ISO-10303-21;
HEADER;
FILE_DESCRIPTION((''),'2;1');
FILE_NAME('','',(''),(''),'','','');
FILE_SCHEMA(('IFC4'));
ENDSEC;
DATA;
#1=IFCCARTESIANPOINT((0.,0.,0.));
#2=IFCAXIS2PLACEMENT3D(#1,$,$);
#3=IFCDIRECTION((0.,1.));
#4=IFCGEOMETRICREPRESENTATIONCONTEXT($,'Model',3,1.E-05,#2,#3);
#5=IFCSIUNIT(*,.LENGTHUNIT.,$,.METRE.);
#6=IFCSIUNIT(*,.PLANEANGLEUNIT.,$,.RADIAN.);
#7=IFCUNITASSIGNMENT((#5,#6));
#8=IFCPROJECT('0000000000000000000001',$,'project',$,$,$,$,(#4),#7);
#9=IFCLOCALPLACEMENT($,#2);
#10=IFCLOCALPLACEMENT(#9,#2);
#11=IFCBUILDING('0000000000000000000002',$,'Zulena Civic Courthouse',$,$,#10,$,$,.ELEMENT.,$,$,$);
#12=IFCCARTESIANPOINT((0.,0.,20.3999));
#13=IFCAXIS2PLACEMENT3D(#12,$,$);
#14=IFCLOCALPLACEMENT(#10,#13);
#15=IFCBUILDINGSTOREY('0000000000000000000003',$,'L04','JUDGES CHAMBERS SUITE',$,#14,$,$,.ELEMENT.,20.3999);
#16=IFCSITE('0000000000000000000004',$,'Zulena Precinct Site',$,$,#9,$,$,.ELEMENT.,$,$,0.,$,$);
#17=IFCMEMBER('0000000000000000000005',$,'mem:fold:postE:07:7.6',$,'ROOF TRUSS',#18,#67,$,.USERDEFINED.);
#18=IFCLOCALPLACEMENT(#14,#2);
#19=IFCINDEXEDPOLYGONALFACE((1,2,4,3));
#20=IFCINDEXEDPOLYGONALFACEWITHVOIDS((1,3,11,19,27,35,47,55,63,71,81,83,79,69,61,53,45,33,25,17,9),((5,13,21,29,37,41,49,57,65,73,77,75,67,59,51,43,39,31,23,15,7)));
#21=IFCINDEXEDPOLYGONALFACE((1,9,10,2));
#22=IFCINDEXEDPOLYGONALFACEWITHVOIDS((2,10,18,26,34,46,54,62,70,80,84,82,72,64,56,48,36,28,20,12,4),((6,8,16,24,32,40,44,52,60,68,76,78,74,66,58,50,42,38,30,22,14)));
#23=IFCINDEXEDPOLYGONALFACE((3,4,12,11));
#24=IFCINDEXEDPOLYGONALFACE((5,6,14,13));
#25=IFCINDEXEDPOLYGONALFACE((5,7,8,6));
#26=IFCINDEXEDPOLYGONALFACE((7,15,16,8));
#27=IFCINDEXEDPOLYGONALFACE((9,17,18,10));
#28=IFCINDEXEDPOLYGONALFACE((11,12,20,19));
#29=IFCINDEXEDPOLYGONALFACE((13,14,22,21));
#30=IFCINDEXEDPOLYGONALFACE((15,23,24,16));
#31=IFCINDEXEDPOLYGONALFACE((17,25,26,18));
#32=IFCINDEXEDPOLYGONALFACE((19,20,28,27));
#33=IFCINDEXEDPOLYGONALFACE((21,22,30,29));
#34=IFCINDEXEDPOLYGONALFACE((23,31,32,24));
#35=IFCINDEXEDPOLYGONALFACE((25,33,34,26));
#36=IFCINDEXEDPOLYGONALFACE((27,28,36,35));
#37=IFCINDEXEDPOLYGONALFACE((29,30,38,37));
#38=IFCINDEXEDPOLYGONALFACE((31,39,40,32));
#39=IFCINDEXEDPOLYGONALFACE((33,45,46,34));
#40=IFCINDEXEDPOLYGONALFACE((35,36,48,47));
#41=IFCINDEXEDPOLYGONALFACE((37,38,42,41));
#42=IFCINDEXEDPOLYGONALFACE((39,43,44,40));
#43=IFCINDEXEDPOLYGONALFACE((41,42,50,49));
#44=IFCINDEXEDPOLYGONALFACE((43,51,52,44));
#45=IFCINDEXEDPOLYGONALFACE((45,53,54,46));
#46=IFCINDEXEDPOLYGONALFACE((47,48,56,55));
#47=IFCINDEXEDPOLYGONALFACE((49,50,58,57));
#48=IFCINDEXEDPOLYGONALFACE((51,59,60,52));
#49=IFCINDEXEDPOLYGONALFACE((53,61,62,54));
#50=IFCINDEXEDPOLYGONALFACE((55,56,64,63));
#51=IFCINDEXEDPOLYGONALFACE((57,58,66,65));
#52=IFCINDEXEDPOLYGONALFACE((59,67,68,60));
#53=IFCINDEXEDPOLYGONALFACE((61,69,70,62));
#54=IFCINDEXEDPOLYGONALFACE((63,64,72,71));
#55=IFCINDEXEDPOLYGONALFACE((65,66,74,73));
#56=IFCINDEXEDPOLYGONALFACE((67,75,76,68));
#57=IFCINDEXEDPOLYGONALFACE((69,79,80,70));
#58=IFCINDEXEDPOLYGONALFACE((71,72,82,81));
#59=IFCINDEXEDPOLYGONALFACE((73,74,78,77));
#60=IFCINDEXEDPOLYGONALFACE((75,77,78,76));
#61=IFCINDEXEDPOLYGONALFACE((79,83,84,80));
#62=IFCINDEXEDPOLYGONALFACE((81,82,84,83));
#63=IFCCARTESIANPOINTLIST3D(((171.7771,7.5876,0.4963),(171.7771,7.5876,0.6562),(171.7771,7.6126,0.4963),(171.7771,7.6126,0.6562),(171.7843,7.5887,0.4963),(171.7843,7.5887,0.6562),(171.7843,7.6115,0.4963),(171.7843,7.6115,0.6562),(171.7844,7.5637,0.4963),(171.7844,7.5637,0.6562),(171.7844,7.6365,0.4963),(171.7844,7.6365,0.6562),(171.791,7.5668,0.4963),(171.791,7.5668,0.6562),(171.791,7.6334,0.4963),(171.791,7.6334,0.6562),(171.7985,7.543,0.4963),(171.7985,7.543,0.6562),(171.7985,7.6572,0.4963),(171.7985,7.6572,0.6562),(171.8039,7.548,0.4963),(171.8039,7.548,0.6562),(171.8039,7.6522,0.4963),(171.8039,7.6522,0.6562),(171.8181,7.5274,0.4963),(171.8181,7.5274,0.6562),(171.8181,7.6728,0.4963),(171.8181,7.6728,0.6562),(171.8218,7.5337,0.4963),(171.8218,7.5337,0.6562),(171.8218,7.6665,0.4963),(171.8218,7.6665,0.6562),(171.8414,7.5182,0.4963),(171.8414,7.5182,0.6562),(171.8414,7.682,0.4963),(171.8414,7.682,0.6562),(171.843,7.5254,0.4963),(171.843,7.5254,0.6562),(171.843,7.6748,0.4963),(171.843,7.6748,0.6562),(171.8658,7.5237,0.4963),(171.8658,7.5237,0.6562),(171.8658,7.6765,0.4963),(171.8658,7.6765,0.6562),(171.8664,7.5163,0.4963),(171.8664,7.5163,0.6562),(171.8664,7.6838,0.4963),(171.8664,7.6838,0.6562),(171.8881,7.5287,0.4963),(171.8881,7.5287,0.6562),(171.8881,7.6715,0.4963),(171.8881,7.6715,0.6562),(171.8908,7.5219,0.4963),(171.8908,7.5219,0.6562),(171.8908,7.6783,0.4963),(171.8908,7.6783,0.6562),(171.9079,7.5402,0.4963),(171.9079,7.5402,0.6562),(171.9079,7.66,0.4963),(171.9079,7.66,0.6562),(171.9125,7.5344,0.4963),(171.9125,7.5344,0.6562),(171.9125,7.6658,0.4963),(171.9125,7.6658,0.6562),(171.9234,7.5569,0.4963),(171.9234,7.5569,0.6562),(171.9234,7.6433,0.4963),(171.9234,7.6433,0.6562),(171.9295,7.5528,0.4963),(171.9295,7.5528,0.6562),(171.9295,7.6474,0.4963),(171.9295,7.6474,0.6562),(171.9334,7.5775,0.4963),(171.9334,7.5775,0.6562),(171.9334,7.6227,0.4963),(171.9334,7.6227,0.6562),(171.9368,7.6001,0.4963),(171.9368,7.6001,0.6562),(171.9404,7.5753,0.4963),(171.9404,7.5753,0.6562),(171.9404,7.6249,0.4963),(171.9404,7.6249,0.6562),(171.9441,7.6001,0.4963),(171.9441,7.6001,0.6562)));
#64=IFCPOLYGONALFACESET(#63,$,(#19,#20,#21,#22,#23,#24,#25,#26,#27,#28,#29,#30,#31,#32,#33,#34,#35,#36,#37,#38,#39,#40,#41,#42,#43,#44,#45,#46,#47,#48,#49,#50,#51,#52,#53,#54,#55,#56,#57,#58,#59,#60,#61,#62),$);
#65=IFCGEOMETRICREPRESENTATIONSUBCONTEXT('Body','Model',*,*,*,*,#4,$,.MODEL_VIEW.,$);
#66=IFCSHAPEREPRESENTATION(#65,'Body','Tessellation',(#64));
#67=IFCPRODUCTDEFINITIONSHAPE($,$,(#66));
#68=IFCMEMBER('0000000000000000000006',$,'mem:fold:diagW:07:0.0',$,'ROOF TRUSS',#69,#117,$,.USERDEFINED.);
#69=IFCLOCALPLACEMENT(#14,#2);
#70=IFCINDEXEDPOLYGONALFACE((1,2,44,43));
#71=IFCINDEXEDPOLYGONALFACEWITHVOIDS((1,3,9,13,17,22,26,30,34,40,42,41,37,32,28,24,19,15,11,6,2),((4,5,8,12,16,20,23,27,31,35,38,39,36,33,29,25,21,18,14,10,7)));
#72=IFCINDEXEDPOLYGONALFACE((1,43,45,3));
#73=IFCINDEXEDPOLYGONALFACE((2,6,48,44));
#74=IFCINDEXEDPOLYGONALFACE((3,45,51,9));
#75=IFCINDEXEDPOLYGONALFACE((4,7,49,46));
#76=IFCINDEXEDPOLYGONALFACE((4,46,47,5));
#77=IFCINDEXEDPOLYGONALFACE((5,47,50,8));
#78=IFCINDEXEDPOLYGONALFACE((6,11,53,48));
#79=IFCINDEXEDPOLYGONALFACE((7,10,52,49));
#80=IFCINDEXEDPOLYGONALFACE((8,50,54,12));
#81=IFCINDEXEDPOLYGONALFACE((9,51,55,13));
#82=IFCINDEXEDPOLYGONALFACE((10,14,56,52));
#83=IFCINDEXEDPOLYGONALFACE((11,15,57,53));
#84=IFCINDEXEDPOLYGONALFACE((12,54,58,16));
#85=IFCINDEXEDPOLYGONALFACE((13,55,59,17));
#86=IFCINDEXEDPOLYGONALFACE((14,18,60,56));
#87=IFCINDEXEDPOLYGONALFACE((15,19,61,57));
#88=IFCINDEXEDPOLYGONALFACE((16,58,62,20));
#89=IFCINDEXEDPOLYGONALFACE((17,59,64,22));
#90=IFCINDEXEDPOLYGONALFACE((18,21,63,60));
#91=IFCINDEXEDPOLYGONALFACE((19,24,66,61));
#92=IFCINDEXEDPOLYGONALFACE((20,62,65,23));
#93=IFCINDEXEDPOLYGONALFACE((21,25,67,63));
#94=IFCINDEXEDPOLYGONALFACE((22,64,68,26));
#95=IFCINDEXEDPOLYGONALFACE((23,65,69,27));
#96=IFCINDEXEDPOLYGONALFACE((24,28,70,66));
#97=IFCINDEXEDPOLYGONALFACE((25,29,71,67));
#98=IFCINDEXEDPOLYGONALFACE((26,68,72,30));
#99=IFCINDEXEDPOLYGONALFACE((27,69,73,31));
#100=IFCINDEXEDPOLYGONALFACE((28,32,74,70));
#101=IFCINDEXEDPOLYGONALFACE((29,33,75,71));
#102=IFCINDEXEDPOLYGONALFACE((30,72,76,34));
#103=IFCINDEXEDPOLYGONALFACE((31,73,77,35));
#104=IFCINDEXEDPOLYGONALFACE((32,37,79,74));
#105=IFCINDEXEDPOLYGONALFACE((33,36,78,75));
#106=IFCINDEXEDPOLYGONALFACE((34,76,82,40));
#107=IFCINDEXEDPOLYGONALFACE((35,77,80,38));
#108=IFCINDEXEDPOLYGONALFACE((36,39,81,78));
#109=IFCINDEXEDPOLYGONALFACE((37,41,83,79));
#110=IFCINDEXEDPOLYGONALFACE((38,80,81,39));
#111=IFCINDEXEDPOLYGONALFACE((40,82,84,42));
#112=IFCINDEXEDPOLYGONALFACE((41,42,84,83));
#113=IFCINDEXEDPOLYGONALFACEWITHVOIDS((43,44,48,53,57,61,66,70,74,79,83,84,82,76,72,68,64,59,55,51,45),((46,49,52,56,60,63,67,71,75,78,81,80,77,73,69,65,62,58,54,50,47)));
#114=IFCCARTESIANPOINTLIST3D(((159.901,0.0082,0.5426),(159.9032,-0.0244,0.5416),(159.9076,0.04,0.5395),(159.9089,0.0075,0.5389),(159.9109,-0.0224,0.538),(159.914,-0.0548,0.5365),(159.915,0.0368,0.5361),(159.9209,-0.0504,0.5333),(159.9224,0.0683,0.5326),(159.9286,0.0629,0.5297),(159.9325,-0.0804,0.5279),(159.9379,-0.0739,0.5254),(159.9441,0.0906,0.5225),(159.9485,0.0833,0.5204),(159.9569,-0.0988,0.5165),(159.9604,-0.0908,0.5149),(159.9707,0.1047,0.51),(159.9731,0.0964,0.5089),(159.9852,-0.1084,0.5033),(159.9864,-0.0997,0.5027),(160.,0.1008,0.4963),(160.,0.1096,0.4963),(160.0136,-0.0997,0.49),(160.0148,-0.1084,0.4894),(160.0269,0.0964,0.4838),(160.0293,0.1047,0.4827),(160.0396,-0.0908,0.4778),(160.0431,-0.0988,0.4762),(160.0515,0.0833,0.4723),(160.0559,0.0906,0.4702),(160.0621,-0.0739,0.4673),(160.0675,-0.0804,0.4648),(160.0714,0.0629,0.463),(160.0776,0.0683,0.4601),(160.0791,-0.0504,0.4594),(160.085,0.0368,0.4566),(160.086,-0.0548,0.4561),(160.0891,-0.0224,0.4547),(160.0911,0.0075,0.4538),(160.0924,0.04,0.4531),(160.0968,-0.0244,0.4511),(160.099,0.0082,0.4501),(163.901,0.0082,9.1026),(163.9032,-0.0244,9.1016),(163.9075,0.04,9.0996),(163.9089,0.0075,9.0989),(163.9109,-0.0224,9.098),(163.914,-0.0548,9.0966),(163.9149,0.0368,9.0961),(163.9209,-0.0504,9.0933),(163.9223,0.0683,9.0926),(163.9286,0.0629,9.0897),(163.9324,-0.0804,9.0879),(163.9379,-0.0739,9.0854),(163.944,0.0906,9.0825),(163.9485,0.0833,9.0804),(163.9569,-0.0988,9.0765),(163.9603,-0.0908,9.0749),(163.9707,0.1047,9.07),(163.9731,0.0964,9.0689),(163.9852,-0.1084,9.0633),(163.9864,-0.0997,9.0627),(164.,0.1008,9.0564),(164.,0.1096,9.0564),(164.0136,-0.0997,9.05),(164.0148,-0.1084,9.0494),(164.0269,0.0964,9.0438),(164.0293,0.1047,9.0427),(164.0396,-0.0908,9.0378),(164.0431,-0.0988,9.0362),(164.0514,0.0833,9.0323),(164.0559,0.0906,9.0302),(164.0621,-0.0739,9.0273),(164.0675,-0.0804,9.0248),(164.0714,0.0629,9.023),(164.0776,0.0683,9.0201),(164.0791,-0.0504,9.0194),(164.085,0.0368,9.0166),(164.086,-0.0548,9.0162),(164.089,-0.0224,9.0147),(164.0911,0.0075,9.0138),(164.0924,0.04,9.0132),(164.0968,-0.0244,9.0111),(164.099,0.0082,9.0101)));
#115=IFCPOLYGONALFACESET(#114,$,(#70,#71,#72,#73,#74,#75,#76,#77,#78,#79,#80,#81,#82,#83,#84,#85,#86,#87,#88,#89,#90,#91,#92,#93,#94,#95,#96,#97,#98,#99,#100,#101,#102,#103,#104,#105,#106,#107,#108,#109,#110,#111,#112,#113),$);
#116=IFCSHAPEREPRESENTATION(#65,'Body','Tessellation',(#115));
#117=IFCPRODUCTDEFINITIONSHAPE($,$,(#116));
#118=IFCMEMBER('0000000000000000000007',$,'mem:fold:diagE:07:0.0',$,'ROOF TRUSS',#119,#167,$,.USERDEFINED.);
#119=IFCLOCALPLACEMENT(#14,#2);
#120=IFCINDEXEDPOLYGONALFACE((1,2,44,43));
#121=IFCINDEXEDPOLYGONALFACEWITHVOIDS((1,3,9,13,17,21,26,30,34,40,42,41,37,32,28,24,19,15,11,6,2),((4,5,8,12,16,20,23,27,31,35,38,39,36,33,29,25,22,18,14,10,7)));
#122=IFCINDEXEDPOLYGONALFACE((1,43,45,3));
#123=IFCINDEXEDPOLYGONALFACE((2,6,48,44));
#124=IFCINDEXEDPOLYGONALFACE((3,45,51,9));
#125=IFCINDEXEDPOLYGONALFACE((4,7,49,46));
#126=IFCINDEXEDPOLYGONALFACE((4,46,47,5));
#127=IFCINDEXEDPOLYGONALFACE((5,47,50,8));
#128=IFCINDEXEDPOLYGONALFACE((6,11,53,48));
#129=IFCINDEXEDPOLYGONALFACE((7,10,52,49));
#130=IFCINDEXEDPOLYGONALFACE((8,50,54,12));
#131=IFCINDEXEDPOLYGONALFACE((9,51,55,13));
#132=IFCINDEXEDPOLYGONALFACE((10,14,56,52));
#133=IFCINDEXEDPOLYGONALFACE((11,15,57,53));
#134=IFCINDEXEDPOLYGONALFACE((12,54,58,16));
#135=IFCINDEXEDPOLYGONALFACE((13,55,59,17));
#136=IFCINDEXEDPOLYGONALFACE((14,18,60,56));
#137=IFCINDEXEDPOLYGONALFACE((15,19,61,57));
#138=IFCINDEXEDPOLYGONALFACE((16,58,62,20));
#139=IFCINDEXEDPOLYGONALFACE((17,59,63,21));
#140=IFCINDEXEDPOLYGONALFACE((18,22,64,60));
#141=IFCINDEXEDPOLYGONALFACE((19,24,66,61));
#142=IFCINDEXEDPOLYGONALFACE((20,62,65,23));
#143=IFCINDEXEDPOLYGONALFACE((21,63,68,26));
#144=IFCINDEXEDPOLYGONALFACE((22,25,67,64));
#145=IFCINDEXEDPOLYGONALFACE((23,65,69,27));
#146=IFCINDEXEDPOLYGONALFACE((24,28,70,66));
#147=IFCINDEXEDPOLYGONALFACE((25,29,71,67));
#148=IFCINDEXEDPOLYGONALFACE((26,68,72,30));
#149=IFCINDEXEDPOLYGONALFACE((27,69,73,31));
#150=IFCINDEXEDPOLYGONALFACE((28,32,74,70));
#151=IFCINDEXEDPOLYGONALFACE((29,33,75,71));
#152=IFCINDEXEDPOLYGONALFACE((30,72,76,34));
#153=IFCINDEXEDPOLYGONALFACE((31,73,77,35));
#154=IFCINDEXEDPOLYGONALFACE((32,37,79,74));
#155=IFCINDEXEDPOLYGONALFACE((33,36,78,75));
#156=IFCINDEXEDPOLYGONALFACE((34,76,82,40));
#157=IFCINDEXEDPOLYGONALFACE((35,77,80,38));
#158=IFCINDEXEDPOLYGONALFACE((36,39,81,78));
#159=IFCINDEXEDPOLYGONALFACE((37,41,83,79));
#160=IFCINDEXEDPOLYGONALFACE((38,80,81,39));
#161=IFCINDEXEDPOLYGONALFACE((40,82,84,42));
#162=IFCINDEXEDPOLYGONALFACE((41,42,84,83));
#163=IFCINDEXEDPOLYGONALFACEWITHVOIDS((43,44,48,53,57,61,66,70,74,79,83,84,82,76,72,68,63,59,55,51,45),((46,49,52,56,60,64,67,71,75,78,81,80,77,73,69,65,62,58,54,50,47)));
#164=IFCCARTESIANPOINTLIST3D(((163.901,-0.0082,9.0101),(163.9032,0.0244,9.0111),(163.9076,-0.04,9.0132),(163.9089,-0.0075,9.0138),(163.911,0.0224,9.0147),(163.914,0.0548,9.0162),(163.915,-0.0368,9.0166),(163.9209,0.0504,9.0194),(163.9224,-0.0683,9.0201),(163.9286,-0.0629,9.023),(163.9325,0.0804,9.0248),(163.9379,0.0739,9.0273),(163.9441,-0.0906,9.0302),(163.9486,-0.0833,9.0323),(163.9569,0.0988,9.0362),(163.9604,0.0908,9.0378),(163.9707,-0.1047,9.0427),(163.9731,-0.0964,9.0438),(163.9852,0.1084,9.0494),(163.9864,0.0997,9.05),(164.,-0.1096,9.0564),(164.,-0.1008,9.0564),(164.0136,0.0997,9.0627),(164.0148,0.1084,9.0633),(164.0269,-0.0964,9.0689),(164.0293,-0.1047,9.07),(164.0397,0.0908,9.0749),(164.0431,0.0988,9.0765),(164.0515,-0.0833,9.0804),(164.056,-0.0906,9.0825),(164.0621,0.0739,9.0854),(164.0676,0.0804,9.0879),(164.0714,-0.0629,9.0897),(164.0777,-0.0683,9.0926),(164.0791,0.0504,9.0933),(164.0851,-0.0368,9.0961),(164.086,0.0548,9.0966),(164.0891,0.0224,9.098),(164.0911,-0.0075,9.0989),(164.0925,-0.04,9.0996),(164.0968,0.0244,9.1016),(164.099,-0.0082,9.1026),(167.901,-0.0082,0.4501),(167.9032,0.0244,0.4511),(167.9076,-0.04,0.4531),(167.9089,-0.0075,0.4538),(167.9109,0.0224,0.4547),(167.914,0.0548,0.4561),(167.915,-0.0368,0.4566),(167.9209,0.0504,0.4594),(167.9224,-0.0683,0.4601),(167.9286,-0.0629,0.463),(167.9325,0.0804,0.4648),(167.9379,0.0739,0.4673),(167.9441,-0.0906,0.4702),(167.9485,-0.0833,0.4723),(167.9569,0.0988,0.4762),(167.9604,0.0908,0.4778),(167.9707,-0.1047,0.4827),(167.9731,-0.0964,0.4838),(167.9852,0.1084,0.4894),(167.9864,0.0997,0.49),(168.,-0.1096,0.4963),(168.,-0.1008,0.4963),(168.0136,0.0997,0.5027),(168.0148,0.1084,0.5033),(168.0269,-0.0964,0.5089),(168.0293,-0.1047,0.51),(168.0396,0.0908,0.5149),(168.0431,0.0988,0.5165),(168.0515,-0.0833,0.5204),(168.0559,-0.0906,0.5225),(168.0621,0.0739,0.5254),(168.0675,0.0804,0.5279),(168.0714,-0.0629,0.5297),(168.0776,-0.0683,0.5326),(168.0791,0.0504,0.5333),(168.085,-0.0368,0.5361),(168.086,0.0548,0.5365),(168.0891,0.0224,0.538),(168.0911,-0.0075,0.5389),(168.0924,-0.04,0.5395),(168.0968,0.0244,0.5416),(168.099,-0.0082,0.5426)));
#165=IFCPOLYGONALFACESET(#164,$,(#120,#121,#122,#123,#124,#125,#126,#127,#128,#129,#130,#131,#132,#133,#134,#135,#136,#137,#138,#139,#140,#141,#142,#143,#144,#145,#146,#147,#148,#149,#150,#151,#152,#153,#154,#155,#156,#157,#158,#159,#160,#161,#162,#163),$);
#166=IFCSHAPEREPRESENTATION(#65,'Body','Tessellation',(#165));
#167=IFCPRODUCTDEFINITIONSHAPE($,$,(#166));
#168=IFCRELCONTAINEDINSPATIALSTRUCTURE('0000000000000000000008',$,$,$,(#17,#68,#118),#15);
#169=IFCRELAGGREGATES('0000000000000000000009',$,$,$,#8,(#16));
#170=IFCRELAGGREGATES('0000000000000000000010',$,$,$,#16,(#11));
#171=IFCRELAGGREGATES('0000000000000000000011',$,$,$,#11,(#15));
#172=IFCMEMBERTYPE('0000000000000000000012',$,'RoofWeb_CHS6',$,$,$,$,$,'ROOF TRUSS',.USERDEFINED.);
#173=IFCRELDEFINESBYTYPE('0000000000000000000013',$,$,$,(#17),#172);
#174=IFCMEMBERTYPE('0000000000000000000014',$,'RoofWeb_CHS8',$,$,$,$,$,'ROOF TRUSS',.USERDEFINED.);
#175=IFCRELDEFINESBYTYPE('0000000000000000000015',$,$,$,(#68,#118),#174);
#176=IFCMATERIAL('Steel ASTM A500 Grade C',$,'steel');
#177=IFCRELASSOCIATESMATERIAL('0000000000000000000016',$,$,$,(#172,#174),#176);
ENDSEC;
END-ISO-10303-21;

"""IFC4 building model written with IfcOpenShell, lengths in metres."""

from ifc_helpers import new_model, si_unit, direction, frame, origin, origin_2d, place, context, subcontext, project, spatial, hollow_circle, extrude, material, material_profile, profile_set, type_object, element, save


model = new_model("IFC4")

# Units and contexts
model_context = context("Model", 3, precision=1e-05, world=origin(), true_north=direction((0.0, 1.0)))
body_context = subcontext(model_context, "Body", "Model", "MODEL_VIEW")
ifc_project = project(units=[si_unit("LENGTHUNIT", "METRE"), si_unit("PLANEANGLEUNIT", "RADIAN")], contexts=[model_context])

# Site, building, storey
site_placement = place(None, origin())
site = spatial("IfcSite", under=ifc_project, at=site_placement, Name="Zulena Precinct Site", CompositionType="ELEMENT", RefElevation=0.0)
building_placement = place(site_placement, origin())
building = spatial("IfcBuilding", under=site, at=building_placement, Name="Zulena Civic Courthouse", CompositionType="ELEMENT")
storey_placement = place(building_placement, frame((0.0, 0.0, 20.3999)))
storey = spatial("IfcBuildingStorey", under=building, at=storey_placement, Name="L04", Description="JUDGES CHAMBERS SUITE", CompositionType="ELEMENT", Elevation=20.3999)

# Members
ifc_material_1 = material(Name="Steel ASTM A500 Grade C", Category="steel")
ifc_material_profile_1 = material_profile(ifc_material_1, hollow_circle(Radius=0.084, WallThickness=0.0073, at=origin_2d()), Name="HSS6.625X0.312")
ifc_profile_set_1 = profile_set([ifc_material_profile_1], Name="Steel ASTM A500 Grade C")
member_type_1 = type_object("IfcMemberType", Name="RoofWeb_CHS6", ElementType="ROOF TRUSS", PredefinedType="USERDEFINED", material=ifc_profile_set_1)
for number, where, z_axis, x_axis, name in (
    (1, (171.8601, 7.6001, 0.4963), (0.0, 0.0, 1.0), (1.0, 0.0, 0.0), "mem:fold:postE:07:7.6"),
):
    element("IfcMember", number, at=place(storey_placement, frame(where, z_axis=z_axis, x_axis=x_axis)), inside=storey, type_object=member_type_1, Name=name, ObjectType="ROOF TRUSS", PredefinedType="USERDEFINED", context=body_context, shape_type="SweptSolid", body=[
        extrude(hollow_circle(Radius=0.084, WallThickness=0.0073, at=origin_2d()), origin(), (0.0, 0.0, 1.0), 0.1599),
    ])
ifc_material_profile_2 = material_profile(ifc_material_1, hollow_circle(Radius=0.1096, WallThickness=0.0088, at=origin_2d()), Name="HSS8.625X0.375")
ifc_profile_set_2 = profile_set([ifc_material_profile_2], Name="Steel ASTM A500 Grade C")
member_type_2 = type_object("IfcMemberType", Name="RoofWeb_CHS8", ElementType="ROOF TRUSS", PredefinedType="USERDEFINED", material=ifc_profile_set_2)
for number, where, z_axis, x_axis, name in (
    (2, (160.0, 0.0, 0.4963), (0.423347, 0.0, 0.905968), (0.0, 1.0, 0.0), "mem:fold:diagW:07:0.0"),
    (3, (168.0, 0.0, 0.4963), (-0.423347, 0.0, 0.905968), (0.0, -1.0, 0.0), "mem:fold:diagE:07:0.0"),
):
    element("IfcMember", number, at=place(storey_placement, frame(where, z_axis=z_axis, x_axis=x_axis)), inside=storey, type_object=member_type_2, Name=name, ObjectType="ROOF TRUSS", PredefinedType="USERDEFINED", context=body_context, shape_type="SweptSolid", body=[
        extrude(hollow_circle(Radius=0.1096, WallThickness=0.0088, at=origin_2d()), origin(), (0.0, 0.0, 1.0), 9.4485),
    ])

save(model, "model.ifc")
